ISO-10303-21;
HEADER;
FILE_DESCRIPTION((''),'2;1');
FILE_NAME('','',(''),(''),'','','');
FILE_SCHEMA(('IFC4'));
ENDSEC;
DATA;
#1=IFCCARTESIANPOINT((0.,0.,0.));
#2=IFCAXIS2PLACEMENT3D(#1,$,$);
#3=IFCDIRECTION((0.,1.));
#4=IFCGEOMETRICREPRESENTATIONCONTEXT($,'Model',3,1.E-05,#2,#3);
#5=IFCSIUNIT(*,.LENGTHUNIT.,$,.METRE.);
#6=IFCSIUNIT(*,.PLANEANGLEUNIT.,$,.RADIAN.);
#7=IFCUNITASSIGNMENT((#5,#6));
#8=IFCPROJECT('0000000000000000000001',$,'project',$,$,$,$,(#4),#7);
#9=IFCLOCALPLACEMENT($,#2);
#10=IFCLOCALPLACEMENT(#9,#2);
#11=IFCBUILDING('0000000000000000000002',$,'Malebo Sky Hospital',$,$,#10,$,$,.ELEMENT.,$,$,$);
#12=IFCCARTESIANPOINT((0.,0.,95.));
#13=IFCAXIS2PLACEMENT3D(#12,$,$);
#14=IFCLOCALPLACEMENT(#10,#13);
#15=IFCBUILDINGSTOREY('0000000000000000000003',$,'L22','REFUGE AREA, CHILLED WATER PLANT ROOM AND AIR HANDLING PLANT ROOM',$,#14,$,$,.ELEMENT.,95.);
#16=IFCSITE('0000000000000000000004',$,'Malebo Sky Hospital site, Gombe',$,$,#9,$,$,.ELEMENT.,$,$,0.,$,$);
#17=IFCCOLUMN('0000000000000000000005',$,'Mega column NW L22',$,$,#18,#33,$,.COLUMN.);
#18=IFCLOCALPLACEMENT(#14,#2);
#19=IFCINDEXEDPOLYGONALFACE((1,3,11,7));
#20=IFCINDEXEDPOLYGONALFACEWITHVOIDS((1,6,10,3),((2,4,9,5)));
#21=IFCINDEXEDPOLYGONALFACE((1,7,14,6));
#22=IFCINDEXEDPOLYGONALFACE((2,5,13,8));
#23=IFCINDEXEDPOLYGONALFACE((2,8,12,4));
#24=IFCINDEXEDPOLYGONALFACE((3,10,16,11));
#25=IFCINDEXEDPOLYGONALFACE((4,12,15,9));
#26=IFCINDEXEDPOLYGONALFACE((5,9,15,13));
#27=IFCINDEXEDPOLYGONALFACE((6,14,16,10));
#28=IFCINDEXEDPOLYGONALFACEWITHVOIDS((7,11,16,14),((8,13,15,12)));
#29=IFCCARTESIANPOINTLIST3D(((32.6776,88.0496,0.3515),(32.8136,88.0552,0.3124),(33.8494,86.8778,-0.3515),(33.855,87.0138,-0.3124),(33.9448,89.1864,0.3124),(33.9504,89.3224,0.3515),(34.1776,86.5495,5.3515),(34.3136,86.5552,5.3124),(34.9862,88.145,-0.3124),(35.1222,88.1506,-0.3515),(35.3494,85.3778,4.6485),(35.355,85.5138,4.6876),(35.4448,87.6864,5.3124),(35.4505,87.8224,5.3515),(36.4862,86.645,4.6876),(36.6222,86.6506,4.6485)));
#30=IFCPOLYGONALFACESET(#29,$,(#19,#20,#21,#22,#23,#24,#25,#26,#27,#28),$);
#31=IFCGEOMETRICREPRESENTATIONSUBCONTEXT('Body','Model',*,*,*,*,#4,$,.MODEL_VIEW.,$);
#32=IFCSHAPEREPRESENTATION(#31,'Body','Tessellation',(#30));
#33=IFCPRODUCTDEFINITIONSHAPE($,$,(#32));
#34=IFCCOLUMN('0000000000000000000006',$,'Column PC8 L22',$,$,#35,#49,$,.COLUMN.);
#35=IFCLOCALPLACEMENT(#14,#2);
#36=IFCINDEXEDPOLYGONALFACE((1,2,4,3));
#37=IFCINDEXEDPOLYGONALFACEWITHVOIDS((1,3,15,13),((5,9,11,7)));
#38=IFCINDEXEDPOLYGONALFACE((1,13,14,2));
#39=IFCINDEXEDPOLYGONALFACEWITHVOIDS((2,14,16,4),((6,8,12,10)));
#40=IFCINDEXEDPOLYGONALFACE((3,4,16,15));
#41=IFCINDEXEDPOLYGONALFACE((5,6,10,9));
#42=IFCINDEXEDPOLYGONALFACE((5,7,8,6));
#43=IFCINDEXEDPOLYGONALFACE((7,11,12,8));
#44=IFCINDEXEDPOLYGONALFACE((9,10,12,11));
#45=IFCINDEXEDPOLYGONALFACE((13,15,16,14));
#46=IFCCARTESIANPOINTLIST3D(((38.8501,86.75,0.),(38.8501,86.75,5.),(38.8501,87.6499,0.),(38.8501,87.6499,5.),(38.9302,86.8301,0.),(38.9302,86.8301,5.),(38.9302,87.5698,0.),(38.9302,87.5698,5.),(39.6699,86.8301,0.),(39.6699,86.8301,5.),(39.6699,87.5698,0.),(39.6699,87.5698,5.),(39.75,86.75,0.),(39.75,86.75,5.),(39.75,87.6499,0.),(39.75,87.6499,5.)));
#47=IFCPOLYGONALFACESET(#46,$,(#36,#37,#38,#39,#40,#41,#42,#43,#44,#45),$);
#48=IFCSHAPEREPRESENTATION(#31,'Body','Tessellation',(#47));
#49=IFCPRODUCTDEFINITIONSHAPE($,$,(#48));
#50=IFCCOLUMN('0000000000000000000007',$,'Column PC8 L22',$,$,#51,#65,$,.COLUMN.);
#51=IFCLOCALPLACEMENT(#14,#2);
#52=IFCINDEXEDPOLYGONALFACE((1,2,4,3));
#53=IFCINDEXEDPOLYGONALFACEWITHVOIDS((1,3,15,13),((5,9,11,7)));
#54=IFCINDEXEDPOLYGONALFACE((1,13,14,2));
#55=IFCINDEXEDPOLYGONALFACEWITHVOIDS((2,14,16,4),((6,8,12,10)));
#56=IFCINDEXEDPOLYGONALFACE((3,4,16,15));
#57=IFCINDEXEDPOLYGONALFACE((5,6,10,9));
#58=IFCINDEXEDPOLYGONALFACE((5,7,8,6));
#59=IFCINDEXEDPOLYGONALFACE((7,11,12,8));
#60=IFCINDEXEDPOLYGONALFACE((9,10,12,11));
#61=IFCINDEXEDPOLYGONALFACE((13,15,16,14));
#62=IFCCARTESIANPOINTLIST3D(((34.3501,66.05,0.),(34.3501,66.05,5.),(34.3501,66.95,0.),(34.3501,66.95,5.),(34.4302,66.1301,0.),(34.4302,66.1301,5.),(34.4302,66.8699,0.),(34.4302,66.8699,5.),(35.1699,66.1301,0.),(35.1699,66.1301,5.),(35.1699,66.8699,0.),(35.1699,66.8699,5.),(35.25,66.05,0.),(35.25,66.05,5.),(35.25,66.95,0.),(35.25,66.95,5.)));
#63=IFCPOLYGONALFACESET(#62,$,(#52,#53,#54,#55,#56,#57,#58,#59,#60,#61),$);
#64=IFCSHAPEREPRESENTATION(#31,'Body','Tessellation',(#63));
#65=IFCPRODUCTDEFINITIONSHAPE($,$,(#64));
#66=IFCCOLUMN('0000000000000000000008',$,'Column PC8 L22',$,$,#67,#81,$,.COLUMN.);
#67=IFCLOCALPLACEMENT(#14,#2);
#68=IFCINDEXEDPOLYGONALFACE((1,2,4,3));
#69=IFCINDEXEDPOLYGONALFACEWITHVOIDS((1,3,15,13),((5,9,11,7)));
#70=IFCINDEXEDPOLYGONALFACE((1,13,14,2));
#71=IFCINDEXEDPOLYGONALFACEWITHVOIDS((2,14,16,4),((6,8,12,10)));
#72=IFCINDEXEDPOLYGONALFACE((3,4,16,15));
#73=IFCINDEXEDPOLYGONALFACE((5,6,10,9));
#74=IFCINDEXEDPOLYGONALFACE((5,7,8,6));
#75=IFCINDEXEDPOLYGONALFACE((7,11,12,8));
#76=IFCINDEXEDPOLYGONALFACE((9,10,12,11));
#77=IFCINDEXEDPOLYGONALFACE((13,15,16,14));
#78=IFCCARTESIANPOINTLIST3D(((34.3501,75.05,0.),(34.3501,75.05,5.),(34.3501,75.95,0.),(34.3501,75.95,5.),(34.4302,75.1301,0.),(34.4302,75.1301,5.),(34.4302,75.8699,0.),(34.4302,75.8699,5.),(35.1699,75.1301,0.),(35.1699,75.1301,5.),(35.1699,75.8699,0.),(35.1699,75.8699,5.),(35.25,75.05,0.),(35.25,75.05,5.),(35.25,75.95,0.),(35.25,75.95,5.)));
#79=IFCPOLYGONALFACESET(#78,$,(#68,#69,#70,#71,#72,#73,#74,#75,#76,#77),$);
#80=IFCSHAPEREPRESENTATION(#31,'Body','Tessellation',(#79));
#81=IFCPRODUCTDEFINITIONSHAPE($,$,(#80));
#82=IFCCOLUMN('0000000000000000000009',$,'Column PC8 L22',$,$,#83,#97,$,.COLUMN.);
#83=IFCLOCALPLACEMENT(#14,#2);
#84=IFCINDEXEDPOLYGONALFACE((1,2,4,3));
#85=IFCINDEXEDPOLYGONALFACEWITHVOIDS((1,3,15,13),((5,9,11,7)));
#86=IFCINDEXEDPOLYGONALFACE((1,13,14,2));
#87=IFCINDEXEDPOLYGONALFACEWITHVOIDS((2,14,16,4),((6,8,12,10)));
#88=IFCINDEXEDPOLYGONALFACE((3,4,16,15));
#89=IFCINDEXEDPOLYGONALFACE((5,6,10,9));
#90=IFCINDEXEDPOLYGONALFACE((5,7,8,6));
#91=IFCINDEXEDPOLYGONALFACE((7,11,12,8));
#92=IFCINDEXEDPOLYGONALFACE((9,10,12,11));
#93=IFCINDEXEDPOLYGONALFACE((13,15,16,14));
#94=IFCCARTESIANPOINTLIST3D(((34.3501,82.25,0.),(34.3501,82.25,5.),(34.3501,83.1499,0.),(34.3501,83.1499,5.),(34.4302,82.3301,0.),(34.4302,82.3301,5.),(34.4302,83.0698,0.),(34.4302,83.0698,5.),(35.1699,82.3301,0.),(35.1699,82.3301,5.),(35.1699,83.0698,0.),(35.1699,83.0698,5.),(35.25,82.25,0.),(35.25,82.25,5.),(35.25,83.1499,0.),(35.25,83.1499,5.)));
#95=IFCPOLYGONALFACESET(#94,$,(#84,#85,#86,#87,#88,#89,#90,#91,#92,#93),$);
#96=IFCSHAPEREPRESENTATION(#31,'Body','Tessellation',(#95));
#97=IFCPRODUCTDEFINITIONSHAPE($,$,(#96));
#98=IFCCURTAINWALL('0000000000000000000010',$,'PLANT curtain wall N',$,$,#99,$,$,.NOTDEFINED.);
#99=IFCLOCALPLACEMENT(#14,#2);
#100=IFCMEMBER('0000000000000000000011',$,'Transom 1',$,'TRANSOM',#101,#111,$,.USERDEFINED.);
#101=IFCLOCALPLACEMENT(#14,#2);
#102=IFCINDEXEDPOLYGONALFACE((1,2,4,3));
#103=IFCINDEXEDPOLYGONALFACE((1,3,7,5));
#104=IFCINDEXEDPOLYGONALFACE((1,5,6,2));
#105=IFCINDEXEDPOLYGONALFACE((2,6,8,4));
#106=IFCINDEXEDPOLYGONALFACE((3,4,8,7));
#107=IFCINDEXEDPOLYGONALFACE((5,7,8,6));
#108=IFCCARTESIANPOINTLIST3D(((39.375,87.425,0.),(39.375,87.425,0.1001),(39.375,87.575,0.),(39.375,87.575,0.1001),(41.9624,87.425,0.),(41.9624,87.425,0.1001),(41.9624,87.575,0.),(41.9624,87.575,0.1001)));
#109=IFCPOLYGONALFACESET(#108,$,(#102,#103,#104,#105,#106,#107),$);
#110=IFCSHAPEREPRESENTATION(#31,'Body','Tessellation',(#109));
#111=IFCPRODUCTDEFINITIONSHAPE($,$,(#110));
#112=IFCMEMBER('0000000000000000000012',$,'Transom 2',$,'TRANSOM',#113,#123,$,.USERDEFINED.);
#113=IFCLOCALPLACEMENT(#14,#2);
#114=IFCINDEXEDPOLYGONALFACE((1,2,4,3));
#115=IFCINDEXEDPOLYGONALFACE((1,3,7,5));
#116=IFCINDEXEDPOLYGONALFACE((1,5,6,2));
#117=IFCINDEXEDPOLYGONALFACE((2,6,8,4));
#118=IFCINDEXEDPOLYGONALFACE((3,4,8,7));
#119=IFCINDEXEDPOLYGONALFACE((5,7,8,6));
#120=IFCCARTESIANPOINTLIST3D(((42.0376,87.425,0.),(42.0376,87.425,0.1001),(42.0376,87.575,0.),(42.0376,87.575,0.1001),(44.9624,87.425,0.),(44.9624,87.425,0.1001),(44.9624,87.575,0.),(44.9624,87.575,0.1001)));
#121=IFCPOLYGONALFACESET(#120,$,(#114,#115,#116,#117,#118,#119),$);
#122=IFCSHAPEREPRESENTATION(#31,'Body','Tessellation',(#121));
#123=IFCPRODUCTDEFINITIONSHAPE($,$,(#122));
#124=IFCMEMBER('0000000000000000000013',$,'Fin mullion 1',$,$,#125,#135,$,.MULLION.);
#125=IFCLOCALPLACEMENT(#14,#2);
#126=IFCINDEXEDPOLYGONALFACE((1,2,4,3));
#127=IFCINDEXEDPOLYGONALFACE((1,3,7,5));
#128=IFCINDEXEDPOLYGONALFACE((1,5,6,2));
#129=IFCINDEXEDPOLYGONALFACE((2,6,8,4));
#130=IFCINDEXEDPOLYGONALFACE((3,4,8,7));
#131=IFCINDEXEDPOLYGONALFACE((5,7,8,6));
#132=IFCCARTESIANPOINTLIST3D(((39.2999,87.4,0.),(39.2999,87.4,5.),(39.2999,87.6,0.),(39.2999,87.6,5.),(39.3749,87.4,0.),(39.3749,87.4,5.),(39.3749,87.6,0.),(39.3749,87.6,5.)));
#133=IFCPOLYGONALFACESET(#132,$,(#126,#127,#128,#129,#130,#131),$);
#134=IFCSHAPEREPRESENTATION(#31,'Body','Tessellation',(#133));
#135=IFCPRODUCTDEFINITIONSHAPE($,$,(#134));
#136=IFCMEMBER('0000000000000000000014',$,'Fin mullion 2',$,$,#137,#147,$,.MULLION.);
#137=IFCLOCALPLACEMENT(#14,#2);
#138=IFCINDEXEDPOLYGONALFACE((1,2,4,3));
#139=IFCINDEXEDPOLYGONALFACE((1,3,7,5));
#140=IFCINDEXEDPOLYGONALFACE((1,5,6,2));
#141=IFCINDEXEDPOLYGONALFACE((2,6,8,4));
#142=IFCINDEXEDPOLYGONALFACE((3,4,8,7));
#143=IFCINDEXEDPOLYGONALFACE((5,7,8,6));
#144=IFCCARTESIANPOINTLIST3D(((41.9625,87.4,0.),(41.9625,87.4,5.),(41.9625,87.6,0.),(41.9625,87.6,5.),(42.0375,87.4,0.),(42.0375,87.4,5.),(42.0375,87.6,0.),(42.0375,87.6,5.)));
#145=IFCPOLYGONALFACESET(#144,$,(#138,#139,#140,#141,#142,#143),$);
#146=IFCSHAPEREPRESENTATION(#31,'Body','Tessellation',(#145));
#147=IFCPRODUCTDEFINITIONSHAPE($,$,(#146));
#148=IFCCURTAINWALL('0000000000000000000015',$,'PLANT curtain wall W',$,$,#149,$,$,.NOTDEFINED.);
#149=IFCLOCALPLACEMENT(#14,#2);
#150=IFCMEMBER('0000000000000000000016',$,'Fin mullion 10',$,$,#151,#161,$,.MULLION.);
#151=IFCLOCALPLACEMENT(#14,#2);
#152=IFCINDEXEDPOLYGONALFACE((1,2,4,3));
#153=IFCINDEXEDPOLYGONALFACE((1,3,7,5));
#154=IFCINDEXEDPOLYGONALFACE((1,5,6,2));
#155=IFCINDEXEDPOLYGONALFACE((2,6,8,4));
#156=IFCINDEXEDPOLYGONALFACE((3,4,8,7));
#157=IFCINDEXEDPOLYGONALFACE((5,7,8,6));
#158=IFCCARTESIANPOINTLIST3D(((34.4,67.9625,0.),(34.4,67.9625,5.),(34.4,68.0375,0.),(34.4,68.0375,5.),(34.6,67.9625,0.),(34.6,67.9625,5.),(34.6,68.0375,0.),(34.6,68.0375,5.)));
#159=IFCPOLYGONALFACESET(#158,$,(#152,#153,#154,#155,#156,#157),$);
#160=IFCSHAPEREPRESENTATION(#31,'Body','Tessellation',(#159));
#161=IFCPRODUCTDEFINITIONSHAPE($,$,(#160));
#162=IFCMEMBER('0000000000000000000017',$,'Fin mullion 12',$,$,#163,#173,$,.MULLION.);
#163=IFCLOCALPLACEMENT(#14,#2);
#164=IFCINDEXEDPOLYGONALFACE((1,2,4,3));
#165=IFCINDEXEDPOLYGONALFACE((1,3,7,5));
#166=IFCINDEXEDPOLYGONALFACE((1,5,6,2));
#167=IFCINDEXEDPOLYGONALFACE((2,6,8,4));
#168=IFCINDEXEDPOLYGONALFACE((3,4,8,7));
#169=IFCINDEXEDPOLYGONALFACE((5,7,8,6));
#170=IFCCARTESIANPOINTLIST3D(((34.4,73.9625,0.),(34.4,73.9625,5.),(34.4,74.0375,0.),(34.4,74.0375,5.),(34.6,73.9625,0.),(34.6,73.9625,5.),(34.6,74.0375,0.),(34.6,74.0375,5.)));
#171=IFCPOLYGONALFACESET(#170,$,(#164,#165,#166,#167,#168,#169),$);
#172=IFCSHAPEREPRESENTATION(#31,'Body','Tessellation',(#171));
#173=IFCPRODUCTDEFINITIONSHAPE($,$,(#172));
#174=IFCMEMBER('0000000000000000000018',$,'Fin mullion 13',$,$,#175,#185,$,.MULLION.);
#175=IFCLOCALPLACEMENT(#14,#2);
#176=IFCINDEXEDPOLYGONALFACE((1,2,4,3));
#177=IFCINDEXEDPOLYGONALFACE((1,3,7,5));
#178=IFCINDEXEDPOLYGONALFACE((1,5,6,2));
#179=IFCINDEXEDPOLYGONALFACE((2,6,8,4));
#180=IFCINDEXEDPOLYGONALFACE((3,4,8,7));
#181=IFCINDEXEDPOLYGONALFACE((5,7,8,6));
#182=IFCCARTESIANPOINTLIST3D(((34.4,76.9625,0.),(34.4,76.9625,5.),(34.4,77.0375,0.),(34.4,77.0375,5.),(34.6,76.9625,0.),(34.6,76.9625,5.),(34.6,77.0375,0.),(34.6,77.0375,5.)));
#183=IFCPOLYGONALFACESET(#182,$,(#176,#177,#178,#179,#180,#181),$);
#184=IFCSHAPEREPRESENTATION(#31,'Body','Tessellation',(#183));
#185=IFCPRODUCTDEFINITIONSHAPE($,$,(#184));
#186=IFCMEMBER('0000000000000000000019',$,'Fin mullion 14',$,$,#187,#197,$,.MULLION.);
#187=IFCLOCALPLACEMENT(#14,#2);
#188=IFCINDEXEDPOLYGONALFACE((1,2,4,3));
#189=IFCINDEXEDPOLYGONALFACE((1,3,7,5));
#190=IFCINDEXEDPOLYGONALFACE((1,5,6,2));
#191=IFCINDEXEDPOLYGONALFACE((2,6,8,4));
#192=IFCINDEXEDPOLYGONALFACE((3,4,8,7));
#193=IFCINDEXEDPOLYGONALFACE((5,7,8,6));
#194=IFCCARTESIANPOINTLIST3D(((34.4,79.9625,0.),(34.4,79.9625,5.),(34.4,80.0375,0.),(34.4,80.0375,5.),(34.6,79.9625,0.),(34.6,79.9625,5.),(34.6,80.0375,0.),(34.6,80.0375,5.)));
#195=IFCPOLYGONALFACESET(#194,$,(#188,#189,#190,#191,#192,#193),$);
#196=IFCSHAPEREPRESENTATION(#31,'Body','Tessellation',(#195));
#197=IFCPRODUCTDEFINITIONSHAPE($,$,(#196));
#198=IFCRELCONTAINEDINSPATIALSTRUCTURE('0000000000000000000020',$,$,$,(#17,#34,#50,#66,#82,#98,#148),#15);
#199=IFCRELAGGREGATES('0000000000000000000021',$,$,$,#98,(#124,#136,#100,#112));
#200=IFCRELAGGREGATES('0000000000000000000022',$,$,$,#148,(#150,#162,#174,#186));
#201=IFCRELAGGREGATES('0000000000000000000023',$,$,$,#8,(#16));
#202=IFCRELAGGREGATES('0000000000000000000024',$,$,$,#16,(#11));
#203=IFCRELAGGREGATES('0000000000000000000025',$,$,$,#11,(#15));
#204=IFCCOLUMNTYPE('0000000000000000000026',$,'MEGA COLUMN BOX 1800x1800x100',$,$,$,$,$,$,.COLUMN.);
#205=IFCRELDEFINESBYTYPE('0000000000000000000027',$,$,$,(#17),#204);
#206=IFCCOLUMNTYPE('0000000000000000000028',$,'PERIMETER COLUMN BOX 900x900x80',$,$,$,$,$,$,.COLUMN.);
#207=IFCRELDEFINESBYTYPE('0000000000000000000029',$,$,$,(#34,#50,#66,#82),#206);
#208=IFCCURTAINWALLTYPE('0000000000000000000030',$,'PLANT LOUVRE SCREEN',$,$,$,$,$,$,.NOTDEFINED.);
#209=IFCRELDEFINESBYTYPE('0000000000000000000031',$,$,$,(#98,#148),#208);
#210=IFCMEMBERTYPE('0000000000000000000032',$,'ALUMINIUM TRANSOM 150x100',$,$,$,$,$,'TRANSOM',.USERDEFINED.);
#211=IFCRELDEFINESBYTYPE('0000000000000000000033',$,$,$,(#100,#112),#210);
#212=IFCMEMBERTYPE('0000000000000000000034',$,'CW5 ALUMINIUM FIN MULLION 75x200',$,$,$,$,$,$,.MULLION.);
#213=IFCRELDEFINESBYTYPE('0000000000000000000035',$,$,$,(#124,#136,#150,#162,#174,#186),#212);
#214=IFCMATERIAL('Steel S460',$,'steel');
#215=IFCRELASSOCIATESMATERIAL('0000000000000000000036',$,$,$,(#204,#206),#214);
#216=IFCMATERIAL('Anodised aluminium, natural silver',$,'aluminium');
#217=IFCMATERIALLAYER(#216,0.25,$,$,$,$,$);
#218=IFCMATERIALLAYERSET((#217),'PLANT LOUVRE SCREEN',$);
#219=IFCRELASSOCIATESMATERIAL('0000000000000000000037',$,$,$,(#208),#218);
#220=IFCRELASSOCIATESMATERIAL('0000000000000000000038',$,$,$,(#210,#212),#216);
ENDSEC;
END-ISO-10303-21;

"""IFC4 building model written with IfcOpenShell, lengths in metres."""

from ifc_helpers import new_model, si_unit, direction, frame, origin, origin_2d, place, context, subcontext, project, spatial, rectangle, hollow_rectangle, extrude, material, layer, layer_set, material_profile, profile_set, type_object, element, aggregate, save


model = new_model("IFC4")

# Units and contexts
model_context = context("Model", 3, precision=1e-05, world=origin(), true_north=direction((0.0, 1.0)))
body_context = subcontext(model_context, "Body", "Model", "MODEL_VIEW")
ifc_project = project(units=[si_unit("LENGTHUNIT", "METRE"), si_unit("PLANEANGLEUNIT", "RADIAN")], contexts=[model_context])

# Site, building, storey
site_placement = place(None, origin())
site = spatial("IfcSite", under=ifc_project, at=site_placement, Name="Malebo Sky Hospital site, Gombe", CompositionType="ELEMENT", RefElevation=0.0)
building_placement = place(site_placement, origin())
building = spatial("IfcBuilding", under=site, at=building_placement, Name="Malebo Sky Hospital", CompositionType="ELEMENT")
storey_placement = place(building_placement, frame((0.0, 0.0, 95.0)))
storey = spatial("IfcBuildingStorey", under=building, at=storey_placement, Name="L22", Description="REFUGE AREA, CHILLED WATER PLANT ROOM AND AIR HANDLING PLANT ROOM", CompositionType="ELEMENT", Elevation=95.0)

# Columns
ifc_material_1 = material(Name="Steel S460", Category="steel")
ifc_material_profile_1 = material_profile(ifc_material_1, hollow_rectangle(XDim=1.8, YDim=1.8, WallThickness=0.1001, at=origin_2d()), Name="BOX 1800x1800x100")
ifc_profile_set_1 = profile_set([ifc_material_profile_1], Name="Steel S460")
column_type_1 = type_object("IfcColumnType", Name="MEGA COLUMN BOX 1800x1800x100", PredefinedType="COLUMN", material=ifc_profile_set_1)
column_placement = place(storey_placement, frame((33.8999, 88.1001, 0.0), z_axis=(0.276172, -0.276172, 0.920575), x_axis=(0.707107, 0.707107, 0.0)))
element("IfcColumn", 1, at=column_placement, inside=storey, type_object=column_type_1, Name="Mega column NW L22", PredefinedType="COLUMN", context=body_context, shape_type="SweptSolid", body=[
    extrude(hollow_rectangle(XDim=1.8, YDim=1.8, WallThickness=0.1001, at=origin_2d()), origin(), (0.0, 0.0, 1.0), 5.4314),
])
ifc_material_profile_2 = material_profile(ifc_material_1, hollow_rectangle(XDim=0.8999, YDim=0.8999, WallThickness=0.0801, at=origin_2d()), Name="BOX 900x900x80")
ifc_profile_set_2 = profile_set([ifc_material_profile_2], Name="Steel S460")
column_type_2 = type_object("IfcColumnType", Name="PERIMETER COLUMN BOX 900x900x80", PredefinedType="COLUMN", material=ifc_profile_set_2)
for number, where, z_axis, x_axis, name in (
    (2, (39.3, 87.2, 0.0), (0.0, 0.0, 1.0), (1.0, 0.0, 0.0), "Column PC8 L22"),
    (3, (34.8, 66.5, 0.0), (0.0, 0.0, 1.0), (1.0, 0.0, 0.0), "Column PC8 L22"),
    (4, (34.8, 75.5, 0.0), (0.0, 0.0, 1.0), (1.0, 0.0, 0.0), "Column PC8 L22"),
    (5, (34.8, 82.7, 0.0), (0.0, 0.0, 1.0), (1.0, 0.0, 0.0), "Column PC8 L22"),
):
    element("IfcColumn", number, at=place(storey_placement, frame(where, z_axis=z_axis, x_axis=x_axis)), inside=storey, type_object=column_type_2, Name=name, PredefinedType="COLUMN", context=body_context, shape_type="SweptSolid", body=[
        extrude(hollow_rectangle(XDim=0.8999, YDim=0.8999, WallThickness=0.0801, at=origin_2d()), origin(), (0.0, 0.0, 1.0), 5.0),
    ])

# Curtain walls, members
ifc_material_2 = material(Name="Anodised aluminium, natural silver", Category="aluminium")
ifc_layer_1 = layer(ifc_material_2, 0.25)
ifc_layer_set_1 = layer_set([ifc_layer_1], Name="PLANT LOUVRE SCREEN")
curtain_wall_type = type_object("IfcCurtainWallType", Name="PLANT LOUVRE SCREEN", PredefinedType="NOTDEFINED", material=ifc_layer_set_1)
curtain_wall_1_placement = place(storey_placement, origin())
curtain_wall_1 = element("IfcCurtainWall", 6, at=curtain_wall_1_placement, inside=storey, type_object=curtain_wall_type, Name="PLANT curtain wall N", PredefinedType="NOTDEFINED")
ifc_material_profile_3 = material_profile(ifc_material_2, rectangle(XDim=0.1499, YDim=0.1001, at=origin_2d()), Name="ALUMINIUM TRANSOM 150x100")
ifc_profile_set_3 = profile_set([ifc_material_profile_3], Name="Anodised aluminium, natural silver")
member_type_1 = type_object("IfcMemberType", Name="ALUMINIUM TRANSOM 150x100", ElementType="TRANSOM", PredefinedType="USERDEFINED", material=ifc_profile_set_3)
member_1_placement = place(storey_placement, frame((39.375, 87.5, 0.05), z_axis=(1.0, 0.0, 0.0), x_axis=(0.0, 1.0, 0.0)))
member_1 = element("IfcMember", 7, at=member_1_placement, type_object=member_type_1, Name="Transom 1", ObjectType="TRANSOM", PredefinedType="USERDEFINED", context=body_context, shape_type="SweptSolid", body=[
    extrude(rectangle(XDim=0.1499, YDim=0.1001, at=origin_2d()), origin(), (0.0, 0.0, 1.0), 2.5874),
])
member_2_placement = place(storey_placement, frame((42.0376, 87.5, 0.05), z_axis=(1.0, 0.0, 0.0), x_axis=(0.0, 1.0, 0.0)))
member_2 = element("IfcMember", 8, at=member_2_placement, type_object=member_type_1, Name="Transom 2", ObjectType="TRANSOM", PredefinedType="USERDEFINED", context=body_context, shape_type="SweptSolid", body=[
    extrude(rectangle(XDim=0.1499, YDim=0.1001, at=origin_2d()), origin(), (0.0, 0.0, 1.0), 2.9248),
])
ifc_material_profile_4 = material_profile(ifc_material_2, rectangle(XDim=0.075, YDim=0.2, at=origin_2d()), Name="CW5 ALUMINIUM FIN MULLION 75x200")
ifc_profile_set_4 = profile_set([ifc_material_profile_4], Name="Anodised aluminium, natural silver")
member_type_2 = type_object("IfcMemberType", Name="CW5 ALUMINIUM FIN MULLION 75x200", PredefinedType="MULLION", material=ifc_profile_set_4)
member_3_placement = place(storey_placement, frame((39.3374, 87.5, 0.0), z_axis=(0.0, 0.0, 1.0), x_axis=(1.0, 0.0, 0.0)))
member_3 = element("IfcMember", 9, at=member_3_placement, type_object=member_type_2, Name="Fin mullion 1", PredefinedType="MULLION", context=body_context, shape_type="SweptSolid", body=[
    extrude(rectangle(XDim=0.075, YDim=0.2, at=origin_2d()), origin(), (0.0, 0.0, 1.0), 5.0),
])
member_4_placement = place(storey_placement, frame((42.0, 87.5, 0.0), z_axis=(0.0, 0.0, 1.0), x_axis=(1.0, 0.0, 0.0)))
member_4 = element("IfcMember", 10, at=member_4_placement, type_object=member_type_2, Name="Fin mullion 2", PredefinedType="MULLION", context=body_context, shape_type="SweptSolid", body=[
    extrude(rectangle(XDim=0.075, YDim=0.2, at=origin_2d()), origin(), (0.0, 0.0, 1.0), 5.0),
])
curtain_wall_2_placement = place(storey_placement, origin())
curtain_wall_2 = element("IfcCurtainWall", 11, at=curtain_wall_2_placement, inside=storey, type_object=curtain_wall_type, Name="PLANT curtain wall W", PredefinedType="NOTDEFINED")
member_5_placement = place(storey_placement, frame((34.5, 68.0, 0.0), z_axis=(0.0, 0.0, 1.0), x_axis=(0.0, 1.0, 0.0)))
member_5 = element("IfcMember", 12, at=member_5_placement, type_object=member_type_2, Name="Fin mullion 10", PredefinedType="MULLION", context=body_context, shape_type="SweptSolid", body=[
    extrude(rectangle(XDim=0.075, YDim=0.2, at=origin_2d()), origin(), (0.0, 0.0, 1.0), 5.0),
])
member_6_placement = place(storey_placement, frame((34.5, 74.0, 0.0), z_axis=(0.0, 0.0, 1.0), x_axis=(0.0, 1.0, 0.0)))
member_6 = element("IfcMember", 13, at=member_6_placement, type_object=member_type_2, Name="Fin mullion 12", PredefinedType="MULLION", context=body_context, shape_type="SweptSolid", body=[
    extrude(rectangle(XDim=0.075, YDim=0.2, at=origin_2d()), origin(), (0.0, 0.0, 1.0), 5.0),
])
member_7_placement = place(storey_placement, frame((34.5, 77.0, 0.0), z_axis=(0.0, 0.0, 1.0), x_axis=(0.0, 1.0, 0.0)))
member_7 = element("IfcMember", 14, at=member_7_placement, type_object=member_type_2, Name="Fin mullion 13", PredefinedType="MULLION", context=body_context, shape_type="SweptSolid", body=[
    extrude(rectangle(XDim=0.075, YDim=0.2, at=origin_2d()), origin(), (0.0, 0.0, 1.0), 5.0),
])
member_8_placement = place(storey_placement, frame((34.5, 80.0, 0.0), z_axis=(0.0, 0.0, 1.0), x_axis=(0.0, 1.0, 0.0)))
member_8 = element("IfcMember", 15, at=member_8_placement, type_object=member_type_2, Name="Fin mullion 14", PredefinedType="MULLION", context=body_context, shape_type="SweptSolid", body=[
    extrude(rectangle(XDim=0.075, YDim=0.2, at=origin_2d()), origin(), (0.0, 0.0, 1.0), 5.0),
])

aggregate(curtain_wall_1, [member_3, member_4, member_1, member_2])
aggregate(curtain_wall_2, [member_5, member_6, member_7, member_8])

save(model, "model.ifc")
